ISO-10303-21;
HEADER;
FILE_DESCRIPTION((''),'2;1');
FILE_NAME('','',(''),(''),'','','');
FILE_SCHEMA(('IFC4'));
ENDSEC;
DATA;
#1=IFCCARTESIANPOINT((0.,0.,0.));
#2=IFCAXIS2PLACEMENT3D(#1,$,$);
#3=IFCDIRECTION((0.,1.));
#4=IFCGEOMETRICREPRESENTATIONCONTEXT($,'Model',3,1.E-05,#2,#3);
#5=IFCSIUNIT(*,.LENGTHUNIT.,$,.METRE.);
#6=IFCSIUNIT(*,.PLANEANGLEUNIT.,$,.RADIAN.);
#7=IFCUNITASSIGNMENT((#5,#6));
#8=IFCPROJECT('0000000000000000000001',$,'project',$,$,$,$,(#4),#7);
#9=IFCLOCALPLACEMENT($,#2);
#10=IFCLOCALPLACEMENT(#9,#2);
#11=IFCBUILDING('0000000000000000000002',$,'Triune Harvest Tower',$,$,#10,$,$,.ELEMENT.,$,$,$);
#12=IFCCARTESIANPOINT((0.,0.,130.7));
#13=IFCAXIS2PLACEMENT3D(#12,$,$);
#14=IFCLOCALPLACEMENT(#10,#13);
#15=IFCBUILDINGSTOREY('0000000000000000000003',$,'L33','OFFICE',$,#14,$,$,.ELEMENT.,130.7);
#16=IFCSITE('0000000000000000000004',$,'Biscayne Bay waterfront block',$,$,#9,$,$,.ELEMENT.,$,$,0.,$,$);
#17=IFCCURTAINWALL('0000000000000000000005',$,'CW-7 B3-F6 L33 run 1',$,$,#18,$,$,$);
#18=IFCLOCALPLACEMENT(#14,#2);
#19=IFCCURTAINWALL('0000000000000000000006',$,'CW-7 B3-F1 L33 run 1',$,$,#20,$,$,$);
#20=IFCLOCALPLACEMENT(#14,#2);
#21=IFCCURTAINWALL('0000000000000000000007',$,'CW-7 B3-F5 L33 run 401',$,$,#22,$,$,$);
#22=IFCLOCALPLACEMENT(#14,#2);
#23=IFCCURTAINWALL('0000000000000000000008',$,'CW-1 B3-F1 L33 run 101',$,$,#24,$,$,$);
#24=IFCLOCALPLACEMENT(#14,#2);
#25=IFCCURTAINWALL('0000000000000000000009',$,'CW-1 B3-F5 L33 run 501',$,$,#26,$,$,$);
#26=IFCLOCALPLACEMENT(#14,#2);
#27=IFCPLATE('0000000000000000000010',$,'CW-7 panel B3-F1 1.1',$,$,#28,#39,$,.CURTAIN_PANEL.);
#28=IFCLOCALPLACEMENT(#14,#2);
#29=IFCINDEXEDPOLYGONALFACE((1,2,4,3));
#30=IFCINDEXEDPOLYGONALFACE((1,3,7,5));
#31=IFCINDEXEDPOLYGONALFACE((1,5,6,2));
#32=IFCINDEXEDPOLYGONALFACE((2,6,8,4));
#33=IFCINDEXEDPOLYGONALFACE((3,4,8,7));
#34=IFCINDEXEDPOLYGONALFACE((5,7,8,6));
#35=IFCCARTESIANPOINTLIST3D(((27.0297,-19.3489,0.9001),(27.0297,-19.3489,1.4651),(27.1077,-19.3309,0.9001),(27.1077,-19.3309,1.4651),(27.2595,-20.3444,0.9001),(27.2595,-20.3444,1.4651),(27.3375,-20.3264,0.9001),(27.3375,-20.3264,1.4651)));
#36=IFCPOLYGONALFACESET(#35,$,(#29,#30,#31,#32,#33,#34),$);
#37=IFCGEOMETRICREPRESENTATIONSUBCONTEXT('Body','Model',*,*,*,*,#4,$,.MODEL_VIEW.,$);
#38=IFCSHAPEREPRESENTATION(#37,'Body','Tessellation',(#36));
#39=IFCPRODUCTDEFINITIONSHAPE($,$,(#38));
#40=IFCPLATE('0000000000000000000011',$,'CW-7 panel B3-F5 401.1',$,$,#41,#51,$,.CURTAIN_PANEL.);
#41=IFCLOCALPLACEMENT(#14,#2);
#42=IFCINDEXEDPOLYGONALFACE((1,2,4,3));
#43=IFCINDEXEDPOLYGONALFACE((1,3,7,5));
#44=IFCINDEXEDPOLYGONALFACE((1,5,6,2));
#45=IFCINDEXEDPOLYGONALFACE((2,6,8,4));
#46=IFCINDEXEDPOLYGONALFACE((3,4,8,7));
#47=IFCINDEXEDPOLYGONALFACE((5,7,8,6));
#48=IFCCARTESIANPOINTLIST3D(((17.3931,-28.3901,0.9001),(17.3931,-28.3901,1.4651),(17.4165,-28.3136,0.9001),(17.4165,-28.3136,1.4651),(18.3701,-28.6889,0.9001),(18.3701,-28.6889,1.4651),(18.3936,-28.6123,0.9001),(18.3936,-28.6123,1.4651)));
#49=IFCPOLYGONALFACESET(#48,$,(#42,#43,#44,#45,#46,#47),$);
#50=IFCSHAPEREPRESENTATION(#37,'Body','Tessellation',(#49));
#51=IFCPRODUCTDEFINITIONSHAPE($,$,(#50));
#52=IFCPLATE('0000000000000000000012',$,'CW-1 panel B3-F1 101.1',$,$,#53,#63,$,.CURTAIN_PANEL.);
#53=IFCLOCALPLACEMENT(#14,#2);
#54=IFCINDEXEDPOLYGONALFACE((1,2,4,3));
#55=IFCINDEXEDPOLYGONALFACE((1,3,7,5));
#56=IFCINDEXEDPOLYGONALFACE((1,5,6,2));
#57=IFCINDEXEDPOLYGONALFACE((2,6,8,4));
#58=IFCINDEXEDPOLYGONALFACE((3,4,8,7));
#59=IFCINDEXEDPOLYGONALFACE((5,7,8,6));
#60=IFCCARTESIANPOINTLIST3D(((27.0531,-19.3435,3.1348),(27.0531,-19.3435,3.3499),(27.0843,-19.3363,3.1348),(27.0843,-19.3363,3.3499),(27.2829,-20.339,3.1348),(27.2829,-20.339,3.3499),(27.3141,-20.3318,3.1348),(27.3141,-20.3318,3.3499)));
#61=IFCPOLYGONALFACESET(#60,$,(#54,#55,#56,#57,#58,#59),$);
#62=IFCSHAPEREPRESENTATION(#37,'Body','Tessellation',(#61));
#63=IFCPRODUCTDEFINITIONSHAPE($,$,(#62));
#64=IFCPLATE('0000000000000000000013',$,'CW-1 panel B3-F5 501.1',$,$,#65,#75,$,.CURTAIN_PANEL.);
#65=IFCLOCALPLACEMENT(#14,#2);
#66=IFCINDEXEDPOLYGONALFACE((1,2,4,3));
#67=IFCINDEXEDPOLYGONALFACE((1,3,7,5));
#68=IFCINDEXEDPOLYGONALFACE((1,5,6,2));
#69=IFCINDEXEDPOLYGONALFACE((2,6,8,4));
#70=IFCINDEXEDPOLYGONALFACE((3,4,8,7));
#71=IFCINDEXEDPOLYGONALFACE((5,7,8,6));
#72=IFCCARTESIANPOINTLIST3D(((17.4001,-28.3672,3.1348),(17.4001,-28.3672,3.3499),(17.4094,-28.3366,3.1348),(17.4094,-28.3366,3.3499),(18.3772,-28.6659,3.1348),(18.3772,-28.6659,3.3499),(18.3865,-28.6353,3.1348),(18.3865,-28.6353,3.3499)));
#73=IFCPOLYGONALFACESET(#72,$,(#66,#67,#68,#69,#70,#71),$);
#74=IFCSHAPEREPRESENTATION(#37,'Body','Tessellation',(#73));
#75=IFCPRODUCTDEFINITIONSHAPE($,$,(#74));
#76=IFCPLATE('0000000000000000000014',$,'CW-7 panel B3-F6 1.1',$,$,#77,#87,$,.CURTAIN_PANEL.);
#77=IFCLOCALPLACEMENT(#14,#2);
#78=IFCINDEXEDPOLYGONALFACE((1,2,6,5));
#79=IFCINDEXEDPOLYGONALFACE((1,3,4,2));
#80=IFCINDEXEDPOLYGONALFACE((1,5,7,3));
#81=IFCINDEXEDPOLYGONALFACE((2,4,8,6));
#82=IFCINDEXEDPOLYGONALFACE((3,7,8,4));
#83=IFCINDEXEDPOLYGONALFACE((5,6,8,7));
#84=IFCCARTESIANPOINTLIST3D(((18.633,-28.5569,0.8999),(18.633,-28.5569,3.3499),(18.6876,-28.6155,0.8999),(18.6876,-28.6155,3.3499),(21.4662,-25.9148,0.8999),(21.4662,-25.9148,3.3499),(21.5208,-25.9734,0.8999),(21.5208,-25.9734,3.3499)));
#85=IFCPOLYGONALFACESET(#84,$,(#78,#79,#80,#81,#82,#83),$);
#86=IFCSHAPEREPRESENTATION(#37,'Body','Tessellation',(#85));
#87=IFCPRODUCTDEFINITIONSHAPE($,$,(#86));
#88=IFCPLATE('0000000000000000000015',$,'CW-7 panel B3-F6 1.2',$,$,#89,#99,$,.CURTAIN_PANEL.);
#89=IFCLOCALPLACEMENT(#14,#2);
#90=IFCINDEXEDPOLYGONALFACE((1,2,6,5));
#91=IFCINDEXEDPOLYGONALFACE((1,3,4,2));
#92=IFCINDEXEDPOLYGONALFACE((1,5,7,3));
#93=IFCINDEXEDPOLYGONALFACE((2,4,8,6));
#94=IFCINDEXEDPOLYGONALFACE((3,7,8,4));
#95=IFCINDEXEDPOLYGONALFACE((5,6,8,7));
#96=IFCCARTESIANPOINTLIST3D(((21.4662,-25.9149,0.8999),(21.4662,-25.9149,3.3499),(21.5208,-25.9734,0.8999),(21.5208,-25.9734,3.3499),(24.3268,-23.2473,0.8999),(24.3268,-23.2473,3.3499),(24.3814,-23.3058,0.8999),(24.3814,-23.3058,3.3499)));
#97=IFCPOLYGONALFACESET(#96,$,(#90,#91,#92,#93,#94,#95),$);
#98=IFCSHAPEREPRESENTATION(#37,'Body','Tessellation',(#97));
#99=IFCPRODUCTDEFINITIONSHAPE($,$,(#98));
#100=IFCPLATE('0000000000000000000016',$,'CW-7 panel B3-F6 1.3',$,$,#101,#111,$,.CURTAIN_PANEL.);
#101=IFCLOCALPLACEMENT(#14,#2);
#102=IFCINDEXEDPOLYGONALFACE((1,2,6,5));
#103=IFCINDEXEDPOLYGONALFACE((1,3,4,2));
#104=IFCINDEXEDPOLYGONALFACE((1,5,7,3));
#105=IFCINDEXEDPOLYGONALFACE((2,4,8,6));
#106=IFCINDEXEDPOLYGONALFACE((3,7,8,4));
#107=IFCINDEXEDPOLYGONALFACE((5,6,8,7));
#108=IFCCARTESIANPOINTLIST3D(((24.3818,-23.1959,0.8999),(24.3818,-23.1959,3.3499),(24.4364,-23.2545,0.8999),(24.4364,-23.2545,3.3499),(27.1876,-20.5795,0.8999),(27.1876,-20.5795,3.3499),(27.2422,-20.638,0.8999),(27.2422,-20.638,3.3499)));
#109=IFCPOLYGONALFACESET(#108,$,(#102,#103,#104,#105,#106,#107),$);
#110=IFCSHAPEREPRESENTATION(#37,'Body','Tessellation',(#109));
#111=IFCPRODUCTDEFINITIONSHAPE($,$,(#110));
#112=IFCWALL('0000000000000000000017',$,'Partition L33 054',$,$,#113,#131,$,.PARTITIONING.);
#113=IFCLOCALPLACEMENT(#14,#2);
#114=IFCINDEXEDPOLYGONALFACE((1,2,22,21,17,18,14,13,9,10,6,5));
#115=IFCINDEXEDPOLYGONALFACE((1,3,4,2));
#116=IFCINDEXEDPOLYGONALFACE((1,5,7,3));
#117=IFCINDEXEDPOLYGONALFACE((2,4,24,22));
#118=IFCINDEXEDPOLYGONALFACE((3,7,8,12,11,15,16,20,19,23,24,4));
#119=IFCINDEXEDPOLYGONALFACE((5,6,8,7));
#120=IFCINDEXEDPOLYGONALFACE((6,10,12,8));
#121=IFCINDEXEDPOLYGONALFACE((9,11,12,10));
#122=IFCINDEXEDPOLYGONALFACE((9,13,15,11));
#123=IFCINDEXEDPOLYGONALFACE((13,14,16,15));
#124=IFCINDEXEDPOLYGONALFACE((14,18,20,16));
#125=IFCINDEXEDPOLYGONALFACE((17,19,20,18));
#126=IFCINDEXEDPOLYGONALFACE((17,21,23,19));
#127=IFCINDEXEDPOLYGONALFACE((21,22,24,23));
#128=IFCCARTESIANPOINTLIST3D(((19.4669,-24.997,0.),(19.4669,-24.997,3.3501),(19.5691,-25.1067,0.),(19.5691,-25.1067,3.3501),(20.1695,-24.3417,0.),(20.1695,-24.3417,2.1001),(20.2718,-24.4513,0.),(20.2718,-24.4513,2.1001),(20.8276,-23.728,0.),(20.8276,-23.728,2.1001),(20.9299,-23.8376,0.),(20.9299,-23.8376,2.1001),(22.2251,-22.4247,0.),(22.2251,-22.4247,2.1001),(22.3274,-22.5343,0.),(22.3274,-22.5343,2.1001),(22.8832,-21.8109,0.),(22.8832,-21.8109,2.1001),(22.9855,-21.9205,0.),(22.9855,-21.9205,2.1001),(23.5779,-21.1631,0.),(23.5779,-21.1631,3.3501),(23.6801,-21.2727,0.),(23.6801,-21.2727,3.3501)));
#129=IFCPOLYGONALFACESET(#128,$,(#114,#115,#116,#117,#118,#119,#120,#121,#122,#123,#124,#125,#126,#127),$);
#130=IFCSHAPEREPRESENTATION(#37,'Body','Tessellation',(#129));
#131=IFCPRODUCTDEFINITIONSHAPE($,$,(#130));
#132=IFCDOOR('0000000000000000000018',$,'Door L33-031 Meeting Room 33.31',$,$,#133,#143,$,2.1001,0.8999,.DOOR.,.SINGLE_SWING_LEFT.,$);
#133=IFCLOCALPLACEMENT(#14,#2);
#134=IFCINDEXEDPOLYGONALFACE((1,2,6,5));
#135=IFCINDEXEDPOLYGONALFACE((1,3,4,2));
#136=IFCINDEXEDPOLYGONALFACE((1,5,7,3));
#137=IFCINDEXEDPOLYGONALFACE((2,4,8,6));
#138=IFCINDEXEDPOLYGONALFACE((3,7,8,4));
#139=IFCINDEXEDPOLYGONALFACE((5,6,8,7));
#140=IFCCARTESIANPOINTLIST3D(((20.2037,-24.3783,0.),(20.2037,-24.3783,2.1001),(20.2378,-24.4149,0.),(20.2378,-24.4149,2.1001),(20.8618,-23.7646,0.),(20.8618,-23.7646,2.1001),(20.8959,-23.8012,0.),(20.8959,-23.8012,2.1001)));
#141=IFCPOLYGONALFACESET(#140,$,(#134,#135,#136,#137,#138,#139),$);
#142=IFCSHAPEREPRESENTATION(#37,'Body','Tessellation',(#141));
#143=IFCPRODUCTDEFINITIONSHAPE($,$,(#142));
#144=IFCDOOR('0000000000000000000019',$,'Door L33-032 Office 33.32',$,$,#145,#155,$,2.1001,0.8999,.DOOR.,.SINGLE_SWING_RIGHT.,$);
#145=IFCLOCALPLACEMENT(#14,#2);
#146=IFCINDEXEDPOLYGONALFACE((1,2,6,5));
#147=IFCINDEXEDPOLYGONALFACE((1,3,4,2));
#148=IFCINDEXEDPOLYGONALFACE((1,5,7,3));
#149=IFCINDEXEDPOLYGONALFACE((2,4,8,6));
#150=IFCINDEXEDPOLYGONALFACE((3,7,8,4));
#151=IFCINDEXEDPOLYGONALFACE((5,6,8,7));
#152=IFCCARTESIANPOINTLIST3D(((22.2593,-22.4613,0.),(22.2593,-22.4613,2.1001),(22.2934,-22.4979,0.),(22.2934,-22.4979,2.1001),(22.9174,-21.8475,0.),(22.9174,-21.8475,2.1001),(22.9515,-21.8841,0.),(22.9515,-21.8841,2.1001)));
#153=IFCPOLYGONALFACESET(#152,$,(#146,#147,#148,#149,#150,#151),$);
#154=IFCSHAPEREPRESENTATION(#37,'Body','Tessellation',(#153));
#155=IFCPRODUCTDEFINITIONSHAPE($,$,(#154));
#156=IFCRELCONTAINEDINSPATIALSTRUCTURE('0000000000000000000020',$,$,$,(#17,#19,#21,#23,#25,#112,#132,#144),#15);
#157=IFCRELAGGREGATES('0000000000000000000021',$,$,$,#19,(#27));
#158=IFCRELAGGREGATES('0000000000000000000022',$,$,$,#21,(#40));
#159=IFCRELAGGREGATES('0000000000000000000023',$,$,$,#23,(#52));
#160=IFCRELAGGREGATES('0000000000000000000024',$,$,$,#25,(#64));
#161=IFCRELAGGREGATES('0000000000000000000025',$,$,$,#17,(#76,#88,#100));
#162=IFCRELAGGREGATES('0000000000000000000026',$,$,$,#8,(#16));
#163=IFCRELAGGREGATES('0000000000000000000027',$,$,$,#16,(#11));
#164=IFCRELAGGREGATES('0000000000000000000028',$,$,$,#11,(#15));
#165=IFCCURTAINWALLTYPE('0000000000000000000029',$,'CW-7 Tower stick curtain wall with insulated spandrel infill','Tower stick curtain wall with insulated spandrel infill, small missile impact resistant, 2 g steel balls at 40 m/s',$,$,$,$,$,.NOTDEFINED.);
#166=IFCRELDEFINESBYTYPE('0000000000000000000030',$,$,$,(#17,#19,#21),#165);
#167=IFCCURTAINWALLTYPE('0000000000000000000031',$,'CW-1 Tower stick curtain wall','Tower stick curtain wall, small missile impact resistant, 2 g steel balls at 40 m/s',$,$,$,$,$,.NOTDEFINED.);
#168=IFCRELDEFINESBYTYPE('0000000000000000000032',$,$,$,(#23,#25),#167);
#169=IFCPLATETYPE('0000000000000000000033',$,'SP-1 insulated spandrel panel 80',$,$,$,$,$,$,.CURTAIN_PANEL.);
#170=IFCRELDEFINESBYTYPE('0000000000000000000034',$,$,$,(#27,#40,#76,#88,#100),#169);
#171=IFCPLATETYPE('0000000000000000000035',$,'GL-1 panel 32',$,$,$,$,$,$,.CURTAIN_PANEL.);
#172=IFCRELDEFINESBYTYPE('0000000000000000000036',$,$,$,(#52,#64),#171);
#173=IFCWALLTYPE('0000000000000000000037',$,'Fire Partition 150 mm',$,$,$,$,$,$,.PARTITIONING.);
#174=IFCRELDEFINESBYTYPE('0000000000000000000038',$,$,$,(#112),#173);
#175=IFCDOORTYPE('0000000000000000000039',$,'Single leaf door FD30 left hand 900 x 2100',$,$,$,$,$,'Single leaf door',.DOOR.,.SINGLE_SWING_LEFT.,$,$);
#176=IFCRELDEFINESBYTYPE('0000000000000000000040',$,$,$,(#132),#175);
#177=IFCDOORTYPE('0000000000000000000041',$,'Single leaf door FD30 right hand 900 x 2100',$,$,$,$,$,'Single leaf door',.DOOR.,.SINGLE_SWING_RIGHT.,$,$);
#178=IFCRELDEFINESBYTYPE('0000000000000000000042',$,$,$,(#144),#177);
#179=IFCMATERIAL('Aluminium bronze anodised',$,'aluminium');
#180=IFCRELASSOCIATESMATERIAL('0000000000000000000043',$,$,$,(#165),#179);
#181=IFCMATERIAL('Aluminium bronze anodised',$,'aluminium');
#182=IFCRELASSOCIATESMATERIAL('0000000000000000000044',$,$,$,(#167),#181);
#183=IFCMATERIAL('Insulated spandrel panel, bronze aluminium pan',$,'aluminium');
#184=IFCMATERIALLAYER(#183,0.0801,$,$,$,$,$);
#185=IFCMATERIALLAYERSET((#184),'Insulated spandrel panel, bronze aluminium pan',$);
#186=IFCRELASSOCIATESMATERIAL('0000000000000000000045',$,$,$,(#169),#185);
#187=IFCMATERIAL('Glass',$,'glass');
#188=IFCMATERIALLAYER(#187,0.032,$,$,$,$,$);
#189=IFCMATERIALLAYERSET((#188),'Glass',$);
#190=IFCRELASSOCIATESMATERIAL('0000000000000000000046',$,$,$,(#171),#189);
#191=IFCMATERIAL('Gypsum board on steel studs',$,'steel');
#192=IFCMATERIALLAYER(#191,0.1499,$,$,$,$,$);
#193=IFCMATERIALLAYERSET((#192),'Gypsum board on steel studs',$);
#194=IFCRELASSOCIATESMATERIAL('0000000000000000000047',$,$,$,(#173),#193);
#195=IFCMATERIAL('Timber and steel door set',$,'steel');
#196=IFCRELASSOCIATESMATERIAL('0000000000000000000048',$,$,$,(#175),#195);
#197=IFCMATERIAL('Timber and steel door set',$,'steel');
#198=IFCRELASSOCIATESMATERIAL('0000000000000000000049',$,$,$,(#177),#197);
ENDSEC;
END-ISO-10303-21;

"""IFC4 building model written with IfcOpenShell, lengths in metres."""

from ifc_helpers import new_model, si_unit, direction, frame, frame_2d, origin, origin_2d, place, context, subcontext, project, spatial, rectangle, extrude, source, transform, mapped, material, layer, layer_set, type_object, element, fill, aggregate, save


model = new_model("IFC4")

# Units and contexts
model_context = context("Model", 3, precision=1e-05, world=origin(), true_north=direction((0.0, 1.0)))
body_context = subcontext(model_context, "Body", "Model", "MODEL_VIEW")
ifc_project = project(units=[si_unit("LENGTHUNIT", "METRE"), si_unit("PLANEANGLEUNIT", "RADIAN")], contexts=[model_context])

# Site, building, storey
site_placement = place(None, origin())
site = spatial("IfcSite", under=ifc_project, at=site_placement, Name="Biscayne Bay waterfront block", CompositionType="ELEMENT", RefElevation=0.0)
building_placement = place(site_placement, origin())
building = spatial("IfcBuilding", under=site, at=building_placement, Name="Triune Harvest Tower", CompositionType="ELEMENT")
storey_placement = place(building_placement, frame((0.0, 0.0, 130.7)))
storey = spatial("IfcBuildingStorey", under=building, at=storey_placement, Name="L33", Description="OFFICE", CompositionType="ELEMENT", Elevation=130.7)

# Curtain wall
ifc_material_1 = material(Name="Aluminium bronze anodised", Category="aluminium")
curtain_wall_type_1 = type_object("IfcCurtainWallType", Name="CW-7 Tower stick curtain wall with insulated spandrel infill", Description="Tower stick curtain wall with insulated spandrel infill, small missile impact resistant, 2 g steel balls at 40 m/s", PredefinedType="NOTDEFINED", material=ifc_material_1)
curtain_wall_1_placement = place(storey_placement, origin())
curtain_wall_1 = element("IfcCurtainWall", 1, at=curtain_wall_1_placement, inside=storey, type_object=curtain_wall_type_1, Name="CW-7 B3-F6 L33 run 1")

# Curtain walls
curtain_wall_2_placement = place(storey_placement, origin())
curtain_wall_2 = element("IfcCurtainWall", 2, at=curtain_wall_2_placement, inside=storey, type_object=curtain_wall_type_1, Name="CW-7 B3-F1 L33 run 1")
curtain_wall_3_placement = place(storey_placement, origin())
curtain_wall_3 = element("IfcCurtainWall", 3, at=curtain_wall_3_placement, inside=storey, type_object=curtain_wall_type_1, Name="CW-7 B3-F5 L33 run 401")
ifc_material_2 = material(Name="Aluminium bronze anodised", Category="aluminium")
curtain_wall_type_2 = type_object("IfcCurtainWallType", Name="CW-1 Tower stick curtain wall", Description="Tower stick curtain wall, small missile impact resistant, 2 g steel balls at 40 m/s", PredefinedType="NOTDEFINED", material=ifc_material_2)
curtain_wall_4_placement = place(storey_placement, origin())
curtain_wall_4 = element("IfcCurtainWall", 4, at=curtain_wall_4_placement, inside=storey, type_object=curtain_wall_type_2, Name="CW-1 B3-F1 L33 run 101")
curtain_wall_5_placement = place(storey_placement, origin())
curtain_wall_5 = element("IfcCurtainWall", 5, at=curtain_wall_5_placement, inside=storey, type_object=curtain_wall_type_2, Name="CW-1 B3-F5 L33 run 501")

# Plates
ifc_material_3 = material(Name="Insulated spandrel panel, bronze aluminium pan", Category="aluminium")
ifc_layer_1 = layer(ifc_material_3, 0.0801)
ifc_layer_set_1 = layer_set([ifc_layer_1], Name="Insulated spandrel panel, bronze aluminium pan")
plate_type_1 = type_object("IfcPlateType", Name="SP-1 insulated spandrel panel 80", PredefinedType="CURTAIN_PANEL", material=ifc_layer_set_1)
shared_shape_1 = source(origin(), body_context, "Body", "SweptSolid", [
    extrude(rectangle(XDim=1.0217, YDim=0.0801, at=origin_2d()), origin(), (0.0, 0.0, 1.0), 0.5649),
])
plate_1_placement = place(storey_placement, frame((27.1836, -19.8376, 0.9001), z_axis=(0.0, 0.0, 1.0), x_axis=(-0.224947, 0.974371, 0.0)))
plate_1 = element("IfcPlate", 6, at=plate_1_placement, type_object=plate_type_1, Name="CW-7 panel B3-F1 1.1", PredefinedType="CURTAIN_PANEL", context=body_context, shape_type="MappedRepresentation", body=[
    mapped(shared_shape_1, transform((0.0, 0.0, 0.0), scale=1.0)),
])
aggregate(curtain_wall_2, [plate_1])
plate_2_placement = place(storey_placement, frame((17.8933, -28.5012, 0.9001), z_axis=(0.0, 0.0, 1.0), x_axis=(0.956305, -0.29237, 0.0)))
plate_2 = element("IfcPlate", 7, at=plate_2_placement, type_object=plate_type_1, Name="CW-7 panel B3-F5 401.1", PredefinedType="CURTAIN_PANEL", context=body_context, shape_type="MappedRepresentation", body=[
    mapped(shared_shape_1, transform((0.0, 0.0, 0.0), scale=1.0)),
])
aggregate(curtain_wall_3, [plate_2])
ifc_material_4 = material(Name="Glass", Category="glass")
ifc_layer_2 = layer(ifc_material_4, 0.032)
ifc_layer_set_2 = layer_set([ifc_layer_2], Name="Glass")
plate_type_2 = type_object("IfcPlateType", Name="GL-1 panel 32", PredefinedType="CURTAIN_PANEL", material=ifc_layer_set_2)
shared_shape_2 = source(origin(), body_context, "Body", "SweptSolid", [
    extrude(rectangle(XDim=1.0217, YDim=0.032, at=origin_2d()), origin(), (0.0, 0.0, 1.0), 0.2151),
])
plate_3_placement = place(storey_placement, frame((27.1836, -19.8376, 3.1348), z_axis=(0.0, 0.0, 1.0), x_axis=(-0.224947, 0.974371, 0.0)))
plate_3 = element("IfcPlate", 8, at=plate_3_placement, type_object=plate_type_2, Name="CW-1 panel B3-F1 101.1", PredefinedType="CURTAIN_PANEL", context=body_context, shape_type="MappedRepresentation", body=[
    mapped(shared_shape_2, transform((0.0, 0.0, 0.0), scale=1.0)),
])
aggregate(curtain_wall_4, [plate_3])
plate_4_placement = place(storey_placement, frame((17.8933, -28.5012, 3.1348), z_axis=(0.0, 0.0, 1.0), x_axis=(0.956305, -0.29237, 0.0)))
plate_4 = element("IfcPlate", 9, at=plate_4_placement, type_object=plate_type_2, Name="CW-1 panel B3-F5 501.1", PredefinedType="CURTAIN_PANEL", context=body_context, shape_type="MappedRepresentation", body=[
    mapped(shared_shape_2, transform((0.0, 0.0, 0.0), scale=1.0)),
])
aggregate(curtain_wall_5, [plate_4])
shared_shape_3 = source(origin(), body_context, "Body", "SweptSolid", [
    extrude(rectangle(XDim=3.874, YDim=0.0801, at=origin_2d()), origin(), (0.0, 0.0, 1.0), 2.45),
])
plate_5_placement = place(storey_placement, frame((20.0769, -27.2651, 0.8999), z_axis=(0.0, 0.0, 1.0), x_axis=(0.73135, 0.682002, 0.0)))
plate_5 = element("IfcPlate", 10, at=plate_5_placement, type_object=plate_type_1, Name="CW-7 panel B3-F6 1.1", PredefinedType="CURTAIN_PANEL", context=body_context, shape_type="MappedRepresentation", body=[
    mapped(shared_shape_3, transform((0.0, 0.0, 0.0), scale=1.0)),
])
shared_shape_4 = source(origin(), body_context, "Body", "SweptSolid", [
    extrude(rectangle(XDim=3.9114, YDim=0.0801, at=origin_2d()), origin(), (0.0, 0.0, 1.0), 2.45),
])
plate_6_placement = place(storey_placement, frame((22.9238, -24.6104, 0.8999), z_axis=(0.0, 0.0, 1.0), x_axis=(0.73135, 0.682002, 0.0)))
plate_6 = element("IfcPlate", 11, at=plate_6_placement, type_object=plate_type_1, Name="CW-7 panel B3-F6 1.2", PredefinedType="CURTAIN_PANEL", context=body_context, shape_type="MappedRepresentation", body=[
    mapped(shared_shape_4, transform((0.0, 0.0, 0.0), scale=1.0)),
])
shared_shape_5 = source(origin(), body_context, "Body", "SweptSolid", [
    extrude(rectangle(XDim=3.8364, YDim=0.0801, at=origin_2d()), origin(), (0.0, 0.0, 1.0), 2.45),
])
plate_7_placement = place(storey_placement, frame((25.812, -21.917, 0.8999), z_axis=(0.0, 0.0, 1.0), x_axis=(0.73135, 0.682002, 0.0)))
plate_7 = element("IfcPlate", 12, at=plate_7_placement, type_object=plate_type_1, Name="CW-7 panel B3-F6 1.3", PredefinedType="CURTAIN_PANEL", context=body_context, shape_type="MappedRepresentation", body=[
    mapped(shared_shape_5, transform((0.0, 0.0, 0.0), scale=1.0)),
])
aggregate(curtain_wall_1, [plate_5, plate_6, plate_7])

# Wall, openings, doors
ifc_material_5 = material(Name="Gypsum board on steel studs", Category="steel")
ifc_layer_3 = layer(ifc_material_5, 0.1499)
ifc_layer_set_3 = layer_set([ifc_layer_3], Name="Gypsum board on steel studs")
wall_type = type_object("IfcWallType", Name="Fire Partition 150 mm", PredefinedType="PARTITIONING", material=ifc_layer_set_3)
shared_shape_6 = source(origin(), body_context, "Body", "SweptSolid", [
    extrude(rectangle(XDim=5.6213, YDim=0.1499, at=frame_2d((2.8105, 0.0))), origin(), (0.0, 0.0, 1.0), 3.3501),
])
wall_placement = place(storey_placement, frame((19.5181, -25.0518, 0.0), z_axis=(0.0, 0.0, 1.0), x_axis=(0.731324, 0.68203, 0.0)))
wall = element("IfcWall", 13, at=wall_placement, inside=storey, type_object=wall_type, Name="Partition L33 054", PredefinedType="PARTITIONING", context=body_context, shape_type="MappedRepresentation", body=[
    mapped(shared_shape_6, transform((0.0, 0.0, 0.0), scale=1.0)),
])
opening_1_placement = place(wall_placement, frame((0.9607, 0.0, 0.0)))
opening_1 = element("IfcOpeningElement", 14, at=opening_1_placement, cuts=wall, PredefinedType="OPENING", context=body_context, shape_type="SweptSolid", body=[
    extrude(rectangle(XDim=0.8999, YDim=2.1001, at=frame_2d((0.45, 1.05))), frame((0.0, 0.085, 0.0), z_axis=(0.0, -1.0, 0.0), x_axis=(1.0, 0.0, 0.0)), (0.0, 0.0, 1.0), 0.1699),
])
opening_2_placement = place(wall_placement, frame((3.7715, 0.0, 0.0)))
opening_2 = element("IfcOpeningElement", 15, at=opening_2_placement, cuts=wall, PredefinedType="OPENING", context=body_context, shape_type="SweptSolid", body=[
    extrude(rectangle(XDim=0.8999, YDim=2.1001, at=frame_2d((0.45, 1.05))), frame((0.0, 0.085, 0.0), z_axis=(0.0, -1.0, 0.0), x_axis=(1.0, 0.0, 0.0)), (0.0, 0.0, 1.0), 0.1699),
])
ifc_material_6 = material(Name="Timber and steel door set", Category="steel")
door_type_1 = type_object("IfcDoorType", Name="Single leaf door FD30 left hand 900 x 2100", ElementType="Single leaf door", OperationType="SINGLE_SWING_LEFT", PredefinedType="DOOR", material=ifc_material_6)
door_1_placement = place(opening_1_placement, origin())
door_1 = element("IfcDoor", 16, at=door_1_placement, inside=storey, type_object=door_type_1, Name="Door L33-031 Meeting Room 33.31", OperationType="SINGLE_SWING_LEFT", OverallHeight=2.1001, OverallWidth=0.8999, PredefinedType="DOOR", context=body_context, shape_type="SweptSolid", body=[
    extrude(rectangle(XDim=0.8999, YDim=2.1001, at=frame_2d((0.45, 1.05))), frame((0.0, 0.0249, 0.0), z_axis=(0.0, -1.0, 0.0), x_axis=(1.0, 0.0, 0.0)), (0.0, 0.0, 1.0), 0.05),
])
fill(opening_1, door_1)
ifc_material_7 = material(Name="Timber and steel door set", Category="steel")
door_type_2 = type_object("IfcDoorType", Name="Single leaf door FD30 right hand 900 x 2100", ElementType="Single leaf door", OperationType="SINGLE_SWING_RIGHT", PredefinedType="DOOR", material=ifc_material_7)
door_2_placement = place(opening_2_placement, origin())
door_2 = element("IfcDoor", 17, at=door_2_placement, inside=storey, type_object=door_type_2, Name="Door L33-032 Office 33.32", OperationType="SINGLE_SWING_RIGHT", OverallHeight=2.1001, OverallWidth=0.8999, PredefinedType="DOOR", context=body_context, shape_type="SweptSolid", body=[
    extrude(rectangle(XDim=0.8999, YDim=2.1001, at=frame_2d((0.45, 1.05))), frame((0.0, 0.0249, 0.0), z_axis=(0.0, -1.0, 0.0), x_axis=(1.0, 0.0, 0.0)), (0.0, 0.0, 1.0), 0.05),
])
fill(opening_2, door_2)

save(model, "model.ifc")
